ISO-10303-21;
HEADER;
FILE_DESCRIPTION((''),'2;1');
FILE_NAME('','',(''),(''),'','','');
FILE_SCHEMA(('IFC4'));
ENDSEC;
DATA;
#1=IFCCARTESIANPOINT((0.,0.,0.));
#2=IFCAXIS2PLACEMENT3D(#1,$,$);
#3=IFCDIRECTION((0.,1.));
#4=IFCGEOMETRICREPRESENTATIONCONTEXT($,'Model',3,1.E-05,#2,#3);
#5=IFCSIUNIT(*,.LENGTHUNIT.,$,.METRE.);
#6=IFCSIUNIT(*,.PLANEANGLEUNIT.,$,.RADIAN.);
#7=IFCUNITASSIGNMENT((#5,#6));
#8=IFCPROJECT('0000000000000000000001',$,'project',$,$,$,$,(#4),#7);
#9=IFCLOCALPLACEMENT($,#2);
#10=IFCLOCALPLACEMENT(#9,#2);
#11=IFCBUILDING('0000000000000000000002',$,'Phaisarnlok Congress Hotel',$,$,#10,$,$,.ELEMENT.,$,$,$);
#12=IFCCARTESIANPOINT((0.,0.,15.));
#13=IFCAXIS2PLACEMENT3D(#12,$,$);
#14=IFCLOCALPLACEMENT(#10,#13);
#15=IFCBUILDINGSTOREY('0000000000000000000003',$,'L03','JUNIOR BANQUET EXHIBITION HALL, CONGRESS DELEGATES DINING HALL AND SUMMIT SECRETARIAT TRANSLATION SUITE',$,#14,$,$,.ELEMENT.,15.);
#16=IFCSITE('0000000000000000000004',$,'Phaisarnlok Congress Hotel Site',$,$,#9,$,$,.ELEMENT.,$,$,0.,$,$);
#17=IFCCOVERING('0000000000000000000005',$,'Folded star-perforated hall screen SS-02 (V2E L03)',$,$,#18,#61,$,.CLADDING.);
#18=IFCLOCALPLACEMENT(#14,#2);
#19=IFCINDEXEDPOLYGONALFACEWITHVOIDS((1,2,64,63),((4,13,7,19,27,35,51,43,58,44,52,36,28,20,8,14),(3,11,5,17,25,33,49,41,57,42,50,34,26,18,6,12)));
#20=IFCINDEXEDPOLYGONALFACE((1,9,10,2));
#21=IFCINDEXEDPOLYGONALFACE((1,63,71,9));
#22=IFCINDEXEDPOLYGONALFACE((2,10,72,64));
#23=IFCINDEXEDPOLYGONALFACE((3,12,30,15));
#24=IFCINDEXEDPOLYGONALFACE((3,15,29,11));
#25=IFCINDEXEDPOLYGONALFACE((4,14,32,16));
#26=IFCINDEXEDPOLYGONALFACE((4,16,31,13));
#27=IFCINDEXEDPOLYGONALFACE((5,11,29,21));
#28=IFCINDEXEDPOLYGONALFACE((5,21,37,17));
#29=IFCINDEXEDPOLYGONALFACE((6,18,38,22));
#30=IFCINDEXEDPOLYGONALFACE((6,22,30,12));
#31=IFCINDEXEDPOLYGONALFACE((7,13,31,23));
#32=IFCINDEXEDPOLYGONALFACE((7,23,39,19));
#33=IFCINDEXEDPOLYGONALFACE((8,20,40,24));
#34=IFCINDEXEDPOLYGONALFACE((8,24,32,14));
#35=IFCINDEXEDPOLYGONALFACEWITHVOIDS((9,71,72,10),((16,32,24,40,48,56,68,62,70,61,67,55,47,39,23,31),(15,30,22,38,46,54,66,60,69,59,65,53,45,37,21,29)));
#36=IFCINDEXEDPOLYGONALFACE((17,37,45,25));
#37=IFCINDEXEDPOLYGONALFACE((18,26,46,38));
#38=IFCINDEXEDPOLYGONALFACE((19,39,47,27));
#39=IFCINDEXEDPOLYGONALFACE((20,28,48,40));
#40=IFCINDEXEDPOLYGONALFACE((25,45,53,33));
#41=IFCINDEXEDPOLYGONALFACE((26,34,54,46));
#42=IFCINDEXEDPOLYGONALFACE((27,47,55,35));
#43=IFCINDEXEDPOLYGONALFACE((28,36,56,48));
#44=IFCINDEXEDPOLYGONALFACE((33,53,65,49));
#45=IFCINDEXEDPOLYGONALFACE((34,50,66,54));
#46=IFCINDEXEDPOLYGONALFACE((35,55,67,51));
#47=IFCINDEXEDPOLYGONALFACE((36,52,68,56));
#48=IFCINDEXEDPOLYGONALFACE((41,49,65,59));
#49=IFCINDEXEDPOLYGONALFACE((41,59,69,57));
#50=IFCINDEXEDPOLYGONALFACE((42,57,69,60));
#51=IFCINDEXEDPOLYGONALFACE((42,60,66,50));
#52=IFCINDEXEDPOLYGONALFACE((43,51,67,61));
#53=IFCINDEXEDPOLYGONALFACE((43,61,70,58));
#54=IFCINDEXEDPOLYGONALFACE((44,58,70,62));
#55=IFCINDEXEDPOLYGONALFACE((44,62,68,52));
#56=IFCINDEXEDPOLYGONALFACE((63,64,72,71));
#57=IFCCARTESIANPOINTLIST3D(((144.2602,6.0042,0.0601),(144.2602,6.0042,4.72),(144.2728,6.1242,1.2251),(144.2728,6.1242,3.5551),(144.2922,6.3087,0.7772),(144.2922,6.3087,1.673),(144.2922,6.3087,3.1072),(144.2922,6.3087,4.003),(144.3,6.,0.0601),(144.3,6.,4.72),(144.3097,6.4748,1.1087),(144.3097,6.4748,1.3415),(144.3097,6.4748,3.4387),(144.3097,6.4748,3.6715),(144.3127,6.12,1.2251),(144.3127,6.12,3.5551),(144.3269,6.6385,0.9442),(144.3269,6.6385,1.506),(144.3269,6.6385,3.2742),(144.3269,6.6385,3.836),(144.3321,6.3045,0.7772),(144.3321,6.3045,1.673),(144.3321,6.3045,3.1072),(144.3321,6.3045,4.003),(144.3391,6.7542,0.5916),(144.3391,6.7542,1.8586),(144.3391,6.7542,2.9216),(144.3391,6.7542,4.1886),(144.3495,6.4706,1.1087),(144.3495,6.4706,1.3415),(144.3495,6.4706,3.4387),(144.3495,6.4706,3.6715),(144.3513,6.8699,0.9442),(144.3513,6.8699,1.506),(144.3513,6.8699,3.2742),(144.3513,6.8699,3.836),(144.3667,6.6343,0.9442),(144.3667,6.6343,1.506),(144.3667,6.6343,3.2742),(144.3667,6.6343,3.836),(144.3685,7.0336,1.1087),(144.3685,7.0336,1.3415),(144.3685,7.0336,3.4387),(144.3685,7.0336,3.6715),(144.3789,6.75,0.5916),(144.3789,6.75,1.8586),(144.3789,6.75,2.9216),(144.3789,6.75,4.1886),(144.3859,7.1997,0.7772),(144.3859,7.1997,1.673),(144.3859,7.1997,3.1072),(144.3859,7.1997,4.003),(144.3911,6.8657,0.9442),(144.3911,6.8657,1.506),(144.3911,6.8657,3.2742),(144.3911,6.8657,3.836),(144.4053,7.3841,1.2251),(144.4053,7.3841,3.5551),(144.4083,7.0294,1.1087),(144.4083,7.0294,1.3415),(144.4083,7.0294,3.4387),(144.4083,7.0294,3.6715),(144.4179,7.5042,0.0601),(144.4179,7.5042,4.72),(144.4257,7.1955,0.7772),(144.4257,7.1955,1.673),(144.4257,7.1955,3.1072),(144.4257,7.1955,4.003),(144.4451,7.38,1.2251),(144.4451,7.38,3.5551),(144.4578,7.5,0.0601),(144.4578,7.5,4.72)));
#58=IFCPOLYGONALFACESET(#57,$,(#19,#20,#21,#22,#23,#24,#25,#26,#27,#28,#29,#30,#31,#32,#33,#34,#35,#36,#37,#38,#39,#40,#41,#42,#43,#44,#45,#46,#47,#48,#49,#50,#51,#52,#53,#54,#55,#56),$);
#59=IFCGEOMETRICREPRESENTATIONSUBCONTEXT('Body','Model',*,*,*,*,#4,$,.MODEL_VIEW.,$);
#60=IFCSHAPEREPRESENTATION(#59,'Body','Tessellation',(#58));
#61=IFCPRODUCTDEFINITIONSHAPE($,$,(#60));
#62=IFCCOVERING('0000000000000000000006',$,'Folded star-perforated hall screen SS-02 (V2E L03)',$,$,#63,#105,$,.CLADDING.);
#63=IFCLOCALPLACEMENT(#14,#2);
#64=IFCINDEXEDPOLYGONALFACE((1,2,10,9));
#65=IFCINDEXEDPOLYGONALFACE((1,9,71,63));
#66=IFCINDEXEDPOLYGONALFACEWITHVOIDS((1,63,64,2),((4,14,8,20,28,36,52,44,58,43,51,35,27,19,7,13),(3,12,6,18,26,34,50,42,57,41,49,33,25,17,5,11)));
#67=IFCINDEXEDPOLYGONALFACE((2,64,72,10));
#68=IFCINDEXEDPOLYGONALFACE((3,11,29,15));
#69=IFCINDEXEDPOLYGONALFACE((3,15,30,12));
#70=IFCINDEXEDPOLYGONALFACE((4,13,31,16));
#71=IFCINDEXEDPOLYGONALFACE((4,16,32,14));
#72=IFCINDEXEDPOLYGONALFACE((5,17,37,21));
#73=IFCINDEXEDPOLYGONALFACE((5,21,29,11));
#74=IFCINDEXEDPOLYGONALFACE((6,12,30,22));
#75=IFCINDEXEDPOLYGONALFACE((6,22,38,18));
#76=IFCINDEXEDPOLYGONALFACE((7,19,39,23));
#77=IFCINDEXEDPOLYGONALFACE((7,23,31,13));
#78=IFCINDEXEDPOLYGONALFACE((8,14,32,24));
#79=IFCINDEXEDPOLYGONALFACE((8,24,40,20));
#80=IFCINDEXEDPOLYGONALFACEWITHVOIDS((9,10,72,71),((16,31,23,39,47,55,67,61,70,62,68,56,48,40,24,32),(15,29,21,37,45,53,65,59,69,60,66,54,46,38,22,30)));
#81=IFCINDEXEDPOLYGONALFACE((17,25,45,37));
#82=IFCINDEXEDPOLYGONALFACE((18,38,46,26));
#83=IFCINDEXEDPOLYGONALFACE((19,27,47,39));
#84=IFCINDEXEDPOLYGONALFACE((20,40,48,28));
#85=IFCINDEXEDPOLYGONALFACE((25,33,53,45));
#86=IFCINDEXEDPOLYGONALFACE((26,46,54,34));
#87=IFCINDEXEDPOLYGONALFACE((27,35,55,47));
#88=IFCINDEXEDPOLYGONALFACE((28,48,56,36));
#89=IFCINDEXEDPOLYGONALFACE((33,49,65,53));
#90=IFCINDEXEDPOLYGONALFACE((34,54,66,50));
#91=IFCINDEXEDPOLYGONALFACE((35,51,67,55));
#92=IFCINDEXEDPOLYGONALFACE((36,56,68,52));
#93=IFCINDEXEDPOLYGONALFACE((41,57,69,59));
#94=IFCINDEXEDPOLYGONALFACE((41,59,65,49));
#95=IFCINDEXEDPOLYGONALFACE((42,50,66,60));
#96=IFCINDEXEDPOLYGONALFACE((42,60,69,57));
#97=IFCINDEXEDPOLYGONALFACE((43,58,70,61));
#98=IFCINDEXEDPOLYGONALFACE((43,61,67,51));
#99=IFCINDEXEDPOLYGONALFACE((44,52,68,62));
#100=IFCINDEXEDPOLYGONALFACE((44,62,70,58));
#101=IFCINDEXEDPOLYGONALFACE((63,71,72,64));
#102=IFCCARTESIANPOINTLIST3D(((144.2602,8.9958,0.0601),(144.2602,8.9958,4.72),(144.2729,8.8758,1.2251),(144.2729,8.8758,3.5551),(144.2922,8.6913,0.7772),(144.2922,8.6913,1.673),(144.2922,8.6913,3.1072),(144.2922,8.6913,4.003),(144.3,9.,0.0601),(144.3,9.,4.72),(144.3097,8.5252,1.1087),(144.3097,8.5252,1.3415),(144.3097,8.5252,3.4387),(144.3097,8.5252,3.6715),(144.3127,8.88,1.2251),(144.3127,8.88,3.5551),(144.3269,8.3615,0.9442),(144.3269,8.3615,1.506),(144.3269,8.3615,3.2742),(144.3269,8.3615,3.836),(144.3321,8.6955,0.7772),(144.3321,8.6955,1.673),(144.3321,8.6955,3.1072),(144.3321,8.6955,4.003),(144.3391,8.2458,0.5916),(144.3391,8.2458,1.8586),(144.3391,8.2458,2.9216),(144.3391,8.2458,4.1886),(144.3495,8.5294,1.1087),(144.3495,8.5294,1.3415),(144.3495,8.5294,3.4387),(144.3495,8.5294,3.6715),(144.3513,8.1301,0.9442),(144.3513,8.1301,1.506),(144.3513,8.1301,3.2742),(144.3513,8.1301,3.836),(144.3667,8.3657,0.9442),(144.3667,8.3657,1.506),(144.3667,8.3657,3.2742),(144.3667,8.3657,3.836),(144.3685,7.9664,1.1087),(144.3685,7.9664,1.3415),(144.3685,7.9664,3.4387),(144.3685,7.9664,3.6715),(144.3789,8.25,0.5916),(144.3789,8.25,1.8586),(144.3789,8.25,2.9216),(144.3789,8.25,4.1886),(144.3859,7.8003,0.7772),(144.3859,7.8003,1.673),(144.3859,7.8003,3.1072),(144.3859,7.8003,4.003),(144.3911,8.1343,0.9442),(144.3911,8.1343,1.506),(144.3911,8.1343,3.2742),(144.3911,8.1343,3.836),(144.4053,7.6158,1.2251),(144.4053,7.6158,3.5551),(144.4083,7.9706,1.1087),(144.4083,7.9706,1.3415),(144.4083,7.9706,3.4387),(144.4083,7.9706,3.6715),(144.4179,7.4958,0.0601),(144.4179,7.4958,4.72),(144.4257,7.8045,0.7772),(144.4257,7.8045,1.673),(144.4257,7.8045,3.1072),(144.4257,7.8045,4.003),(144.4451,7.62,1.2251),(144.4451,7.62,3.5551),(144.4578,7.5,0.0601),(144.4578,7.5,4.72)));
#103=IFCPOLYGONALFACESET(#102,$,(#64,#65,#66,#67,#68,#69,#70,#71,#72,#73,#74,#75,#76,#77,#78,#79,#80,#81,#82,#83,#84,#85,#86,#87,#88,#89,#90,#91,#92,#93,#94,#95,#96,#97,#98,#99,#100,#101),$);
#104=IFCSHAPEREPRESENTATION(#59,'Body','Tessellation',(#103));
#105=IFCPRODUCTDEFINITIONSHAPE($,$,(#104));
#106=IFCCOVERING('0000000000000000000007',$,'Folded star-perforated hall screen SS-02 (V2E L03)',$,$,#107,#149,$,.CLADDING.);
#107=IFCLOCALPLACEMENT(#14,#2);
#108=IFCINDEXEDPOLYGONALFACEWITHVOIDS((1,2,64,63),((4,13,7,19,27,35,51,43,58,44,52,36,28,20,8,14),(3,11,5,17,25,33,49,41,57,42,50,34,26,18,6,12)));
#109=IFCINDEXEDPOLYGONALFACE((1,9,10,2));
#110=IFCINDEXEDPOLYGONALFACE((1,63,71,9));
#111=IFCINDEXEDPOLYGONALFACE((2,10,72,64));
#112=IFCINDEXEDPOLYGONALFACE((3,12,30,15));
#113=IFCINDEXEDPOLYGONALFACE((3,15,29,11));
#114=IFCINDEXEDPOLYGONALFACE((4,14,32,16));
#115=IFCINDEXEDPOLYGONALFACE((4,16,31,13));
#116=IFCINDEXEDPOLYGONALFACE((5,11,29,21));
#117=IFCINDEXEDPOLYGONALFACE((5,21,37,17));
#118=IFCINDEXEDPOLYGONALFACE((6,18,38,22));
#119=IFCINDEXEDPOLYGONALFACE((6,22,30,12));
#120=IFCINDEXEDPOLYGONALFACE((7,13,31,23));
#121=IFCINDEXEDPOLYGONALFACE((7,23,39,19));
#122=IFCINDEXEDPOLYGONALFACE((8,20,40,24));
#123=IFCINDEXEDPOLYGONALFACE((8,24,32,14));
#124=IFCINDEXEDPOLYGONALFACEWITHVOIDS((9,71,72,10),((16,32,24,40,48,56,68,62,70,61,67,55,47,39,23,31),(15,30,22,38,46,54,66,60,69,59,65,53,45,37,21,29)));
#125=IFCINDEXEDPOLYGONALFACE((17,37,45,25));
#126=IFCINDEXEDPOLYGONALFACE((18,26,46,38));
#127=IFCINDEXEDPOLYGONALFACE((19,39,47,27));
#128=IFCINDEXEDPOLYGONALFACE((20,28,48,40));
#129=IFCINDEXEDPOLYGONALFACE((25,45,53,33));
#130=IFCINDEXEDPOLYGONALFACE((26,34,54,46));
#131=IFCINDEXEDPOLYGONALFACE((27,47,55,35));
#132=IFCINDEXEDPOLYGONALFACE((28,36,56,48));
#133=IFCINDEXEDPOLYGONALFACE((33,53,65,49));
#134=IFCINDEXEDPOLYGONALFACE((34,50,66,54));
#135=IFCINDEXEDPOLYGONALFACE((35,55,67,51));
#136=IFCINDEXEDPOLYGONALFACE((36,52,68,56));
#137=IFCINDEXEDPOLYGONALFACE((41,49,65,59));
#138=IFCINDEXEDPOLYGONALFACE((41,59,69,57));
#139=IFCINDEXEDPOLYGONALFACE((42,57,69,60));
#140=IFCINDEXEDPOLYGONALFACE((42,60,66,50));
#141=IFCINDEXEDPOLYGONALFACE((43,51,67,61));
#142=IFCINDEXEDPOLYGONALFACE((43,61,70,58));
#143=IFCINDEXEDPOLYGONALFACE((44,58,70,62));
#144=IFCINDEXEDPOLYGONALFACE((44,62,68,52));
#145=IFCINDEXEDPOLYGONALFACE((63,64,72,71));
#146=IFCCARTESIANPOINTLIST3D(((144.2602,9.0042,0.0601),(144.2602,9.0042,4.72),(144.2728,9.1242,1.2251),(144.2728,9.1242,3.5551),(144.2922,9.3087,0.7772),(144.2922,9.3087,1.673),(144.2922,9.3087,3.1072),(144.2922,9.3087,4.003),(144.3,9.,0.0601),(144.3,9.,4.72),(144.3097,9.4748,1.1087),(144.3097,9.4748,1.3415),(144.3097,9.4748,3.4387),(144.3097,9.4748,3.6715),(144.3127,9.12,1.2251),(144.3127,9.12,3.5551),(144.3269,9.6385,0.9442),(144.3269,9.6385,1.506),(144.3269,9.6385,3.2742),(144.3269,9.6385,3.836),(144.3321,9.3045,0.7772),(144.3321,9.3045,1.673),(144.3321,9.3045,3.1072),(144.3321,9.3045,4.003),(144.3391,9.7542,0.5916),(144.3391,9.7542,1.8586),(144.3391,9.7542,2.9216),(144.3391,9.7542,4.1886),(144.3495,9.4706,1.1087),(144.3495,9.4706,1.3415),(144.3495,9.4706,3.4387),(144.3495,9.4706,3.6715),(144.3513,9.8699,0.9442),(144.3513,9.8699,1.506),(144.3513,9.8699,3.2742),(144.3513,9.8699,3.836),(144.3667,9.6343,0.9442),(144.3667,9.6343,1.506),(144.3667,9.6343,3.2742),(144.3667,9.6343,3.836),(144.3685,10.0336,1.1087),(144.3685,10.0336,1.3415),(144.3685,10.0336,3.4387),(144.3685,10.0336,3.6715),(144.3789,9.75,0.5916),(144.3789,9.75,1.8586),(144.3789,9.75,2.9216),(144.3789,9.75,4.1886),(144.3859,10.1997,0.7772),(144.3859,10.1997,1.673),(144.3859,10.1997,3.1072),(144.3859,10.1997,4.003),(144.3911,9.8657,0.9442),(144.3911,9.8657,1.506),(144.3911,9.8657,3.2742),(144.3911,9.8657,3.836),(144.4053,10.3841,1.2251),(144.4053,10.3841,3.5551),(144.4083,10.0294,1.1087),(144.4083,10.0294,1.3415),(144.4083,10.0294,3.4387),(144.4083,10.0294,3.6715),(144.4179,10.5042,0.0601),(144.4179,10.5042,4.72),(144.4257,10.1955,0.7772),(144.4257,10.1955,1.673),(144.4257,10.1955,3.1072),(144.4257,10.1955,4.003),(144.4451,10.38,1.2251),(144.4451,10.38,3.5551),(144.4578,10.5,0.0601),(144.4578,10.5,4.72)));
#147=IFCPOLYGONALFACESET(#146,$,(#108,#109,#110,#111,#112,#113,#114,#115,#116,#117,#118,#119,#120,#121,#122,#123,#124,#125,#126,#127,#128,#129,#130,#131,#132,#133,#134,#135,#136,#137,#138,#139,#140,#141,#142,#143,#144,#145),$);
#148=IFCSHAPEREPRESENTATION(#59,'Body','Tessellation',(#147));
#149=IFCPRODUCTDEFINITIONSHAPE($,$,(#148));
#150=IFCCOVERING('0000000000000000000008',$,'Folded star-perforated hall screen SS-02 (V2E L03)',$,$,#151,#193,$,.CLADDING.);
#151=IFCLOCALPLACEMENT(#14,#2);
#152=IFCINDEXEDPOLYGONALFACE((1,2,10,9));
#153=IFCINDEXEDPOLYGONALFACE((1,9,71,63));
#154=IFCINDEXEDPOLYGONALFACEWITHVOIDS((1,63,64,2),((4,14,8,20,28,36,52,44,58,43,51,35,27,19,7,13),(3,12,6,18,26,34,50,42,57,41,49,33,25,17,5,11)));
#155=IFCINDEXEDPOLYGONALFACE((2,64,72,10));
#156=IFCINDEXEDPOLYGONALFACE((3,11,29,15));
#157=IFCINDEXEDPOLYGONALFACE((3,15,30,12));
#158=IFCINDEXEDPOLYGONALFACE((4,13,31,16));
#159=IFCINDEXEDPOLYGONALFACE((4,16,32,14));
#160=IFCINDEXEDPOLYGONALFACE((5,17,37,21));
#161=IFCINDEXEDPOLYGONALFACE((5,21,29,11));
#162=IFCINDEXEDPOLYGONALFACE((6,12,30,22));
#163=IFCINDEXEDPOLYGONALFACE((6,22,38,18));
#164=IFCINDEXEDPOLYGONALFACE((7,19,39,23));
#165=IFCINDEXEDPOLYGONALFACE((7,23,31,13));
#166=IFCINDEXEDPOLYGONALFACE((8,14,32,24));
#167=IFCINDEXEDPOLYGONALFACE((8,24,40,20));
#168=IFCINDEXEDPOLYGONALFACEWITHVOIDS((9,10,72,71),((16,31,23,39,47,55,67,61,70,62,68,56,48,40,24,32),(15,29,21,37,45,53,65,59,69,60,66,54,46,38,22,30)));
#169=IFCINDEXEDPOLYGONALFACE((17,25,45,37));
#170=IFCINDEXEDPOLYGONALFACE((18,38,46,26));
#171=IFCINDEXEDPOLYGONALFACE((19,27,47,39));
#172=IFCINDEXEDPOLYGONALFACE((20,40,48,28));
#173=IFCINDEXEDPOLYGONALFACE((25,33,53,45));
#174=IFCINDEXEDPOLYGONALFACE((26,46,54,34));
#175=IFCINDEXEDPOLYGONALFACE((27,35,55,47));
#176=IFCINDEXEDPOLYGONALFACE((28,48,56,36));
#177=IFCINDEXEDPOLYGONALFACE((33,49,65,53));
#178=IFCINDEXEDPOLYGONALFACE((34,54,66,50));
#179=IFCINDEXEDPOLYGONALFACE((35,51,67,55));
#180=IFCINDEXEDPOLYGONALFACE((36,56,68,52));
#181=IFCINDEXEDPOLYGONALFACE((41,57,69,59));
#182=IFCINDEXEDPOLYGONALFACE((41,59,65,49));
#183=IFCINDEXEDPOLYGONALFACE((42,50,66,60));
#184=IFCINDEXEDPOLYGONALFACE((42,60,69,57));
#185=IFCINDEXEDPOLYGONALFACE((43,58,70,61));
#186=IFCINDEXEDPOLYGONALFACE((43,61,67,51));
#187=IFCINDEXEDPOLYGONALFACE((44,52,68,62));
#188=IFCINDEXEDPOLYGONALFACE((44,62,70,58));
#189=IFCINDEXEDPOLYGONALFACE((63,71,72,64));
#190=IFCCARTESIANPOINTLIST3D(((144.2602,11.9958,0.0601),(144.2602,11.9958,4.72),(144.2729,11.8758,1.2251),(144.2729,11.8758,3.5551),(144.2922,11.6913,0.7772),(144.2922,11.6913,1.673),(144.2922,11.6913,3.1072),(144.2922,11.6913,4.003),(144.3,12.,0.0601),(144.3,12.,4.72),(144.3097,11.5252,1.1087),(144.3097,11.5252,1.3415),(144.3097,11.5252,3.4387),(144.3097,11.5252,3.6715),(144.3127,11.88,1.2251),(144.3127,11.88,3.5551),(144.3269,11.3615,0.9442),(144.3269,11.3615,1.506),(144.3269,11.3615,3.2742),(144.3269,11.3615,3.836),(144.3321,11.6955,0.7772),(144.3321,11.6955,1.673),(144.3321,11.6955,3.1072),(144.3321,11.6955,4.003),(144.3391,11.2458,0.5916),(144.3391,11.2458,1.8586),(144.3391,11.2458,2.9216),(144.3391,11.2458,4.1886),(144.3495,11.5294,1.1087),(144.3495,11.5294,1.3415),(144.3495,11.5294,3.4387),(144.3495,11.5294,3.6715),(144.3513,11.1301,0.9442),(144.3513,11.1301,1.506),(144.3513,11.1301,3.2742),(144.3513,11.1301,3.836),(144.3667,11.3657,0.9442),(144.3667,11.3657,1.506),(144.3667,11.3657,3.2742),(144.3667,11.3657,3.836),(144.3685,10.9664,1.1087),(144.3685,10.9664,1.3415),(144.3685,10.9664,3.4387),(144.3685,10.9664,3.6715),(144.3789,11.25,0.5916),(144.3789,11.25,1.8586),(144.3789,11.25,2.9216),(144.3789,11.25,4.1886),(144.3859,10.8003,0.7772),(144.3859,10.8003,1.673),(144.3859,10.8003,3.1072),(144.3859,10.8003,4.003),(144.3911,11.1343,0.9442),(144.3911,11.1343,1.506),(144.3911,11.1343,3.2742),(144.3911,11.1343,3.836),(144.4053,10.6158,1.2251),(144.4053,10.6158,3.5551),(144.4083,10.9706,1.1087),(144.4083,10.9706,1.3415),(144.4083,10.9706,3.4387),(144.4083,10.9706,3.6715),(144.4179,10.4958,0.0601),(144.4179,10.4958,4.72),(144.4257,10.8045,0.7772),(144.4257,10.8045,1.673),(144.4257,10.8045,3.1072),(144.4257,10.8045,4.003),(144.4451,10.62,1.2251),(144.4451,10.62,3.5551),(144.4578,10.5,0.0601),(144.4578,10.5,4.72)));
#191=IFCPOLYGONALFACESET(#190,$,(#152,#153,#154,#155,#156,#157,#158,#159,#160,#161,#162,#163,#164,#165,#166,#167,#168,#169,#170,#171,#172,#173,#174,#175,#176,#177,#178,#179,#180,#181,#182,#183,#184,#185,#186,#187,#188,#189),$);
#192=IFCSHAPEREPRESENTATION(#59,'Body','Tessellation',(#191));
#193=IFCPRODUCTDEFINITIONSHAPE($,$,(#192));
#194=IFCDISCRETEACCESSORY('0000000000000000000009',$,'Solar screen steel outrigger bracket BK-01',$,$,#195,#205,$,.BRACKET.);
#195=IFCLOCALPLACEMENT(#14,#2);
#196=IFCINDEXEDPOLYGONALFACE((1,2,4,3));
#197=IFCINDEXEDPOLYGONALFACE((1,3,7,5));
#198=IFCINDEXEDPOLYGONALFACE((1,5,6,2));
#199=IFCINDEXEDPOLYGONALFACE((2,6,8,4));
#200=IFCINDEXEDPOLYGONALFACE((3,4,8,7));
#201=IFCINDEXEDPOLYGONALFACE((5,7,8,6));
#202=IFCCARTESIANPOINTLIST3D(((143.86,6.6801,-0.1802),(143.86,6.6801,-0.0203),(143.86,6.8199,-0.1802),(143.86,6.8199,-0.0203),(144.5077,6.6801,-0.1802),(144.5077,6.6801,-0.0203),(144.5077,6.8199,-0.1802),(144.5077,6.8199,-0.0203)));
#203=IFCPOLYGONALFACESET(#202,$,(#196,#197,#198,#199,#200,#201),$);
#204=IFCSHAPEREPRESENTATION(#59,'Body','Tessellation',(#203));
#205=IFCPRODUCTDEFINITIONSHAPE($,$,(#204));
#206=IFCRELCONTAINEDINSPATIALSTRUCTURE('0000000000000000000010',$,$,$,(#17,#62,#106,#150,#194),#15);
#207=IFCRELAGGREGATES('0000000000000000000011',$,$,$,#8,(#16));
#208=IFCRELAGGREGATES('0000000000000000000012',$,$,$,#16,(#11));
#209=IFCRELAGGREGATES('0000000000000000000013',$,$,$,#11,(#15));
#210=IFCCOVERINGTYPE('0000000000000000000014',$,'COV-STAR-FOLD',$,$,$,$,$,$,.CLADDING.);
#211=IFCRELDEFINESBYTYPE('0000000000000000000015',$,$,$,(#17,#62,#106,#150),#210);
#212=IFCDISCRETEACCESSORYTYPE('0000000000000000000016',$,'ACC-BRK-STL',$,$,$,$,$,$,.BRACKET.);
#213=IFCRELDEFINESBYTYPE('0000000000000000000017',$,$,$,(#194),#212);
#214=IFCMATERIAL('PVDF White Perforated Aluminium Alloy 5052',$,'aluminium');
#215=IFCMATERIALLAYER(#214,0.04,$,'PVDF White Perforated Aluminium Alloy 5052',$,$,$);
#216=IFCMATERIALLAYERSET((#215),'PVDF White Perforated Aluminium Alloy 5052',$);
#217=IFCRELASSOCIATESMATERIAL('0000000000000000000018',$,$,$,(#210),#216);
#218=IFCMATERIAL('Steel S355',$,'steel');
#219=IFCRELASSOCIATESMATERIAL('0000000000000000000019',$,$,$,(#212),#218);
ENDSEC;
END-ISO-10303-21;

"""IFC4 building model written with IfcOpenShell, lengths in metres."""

from ifc_helpers import new_model, si_unit, direction, frame, origin, origin_2d, place, context, subcontext, project, spatial, polyline, rectangle, outline, extrude, material, layer, layer_set, type_object, element, save


model = new_model("IFC4")

# Units and contexts
model_context = context("Model", 3, precision=1e-05, world=origin(), true_north=direction((0.0, 1.0)))
body_context = subcontext(model_context, "Body", "Model", "MODEL_VIEW")
ifc_project = project(units=[si_unit("LENGTHUNIT", "METRE"), si_unit("PLANEANGLEUNIT", "RADIAN")], contexts=[model_context])

# Site, building, storey
site_placement = place(None, origin())
site = spatial("IfcSite", under=ifc_project, at=site_placement, Name="Phaisarnlok Congress Hotel Site", CompositionType="ELEMENT", RefElevation=0.0)
building_placement = place(site_placement, origin())
building = spatial("IfcBuilding", under=site, at=building_placement, Name="Phaisarnlok Congress Hotel", CompositionType="ELEMENT")
storey_placement = place(building_placement, frame((0.0, 0.0, 15.0)))
storey = spatial("IfcBuildingStorey", under=building, at=storey_placement, Name="L03", Description="JUNIOR BANQUET EXHIBITION HALL, CONGRESS DELEGATES DINING HALL AND SUMMIT SECRETARIAT TRANSLATION SUITE", CompositionType="ELEMENT", Elevation=15.0)

# Shared definitions
ifc_material_1 = material(Name="Steel S355", Category="steel")

# Coverings
ifc_material_2 = material(Name="PVDF White Perforated Aluminium Alloy 5052", Category="aluminium")
ifc_layer_1 = layer(ifc_material_2, 0.04, Name="PVDF White Perforated Aluminium Alloy 5052")
ifc_layer_set_1 = layer_set([ifc_layer_1], Name="PVDF White Perforated Aluminium Alloy 5052")
covering_type = type_object("IfcCoveringType", Name="COV-STAR-FOLD", PredefinedType="CLADDING", material=ifc_layer_set_1)
for number, where, z_axis, x_axis, name in (
    (1, (144.4578, 7.5, 0.0601), (-0.994518, 0.104567, 0.0), (-0.104567, -0.994518, 0.0), "Folded star-perforated hall screen SS-02 (V2E L03)"),
    (2, (144.3, 9.0, 0.0601), (-0.994518, -0.104567, 0.0), (0.104567, -0.994518, 0.0), "Folded star-perforated hall screen SS-02 (V2E L03)"),
    (3, (144.4578, 10.5, 0.0601), (-0.994518, 0.104567, 0.0), (-0.104567, -0.994518, 0.0), "Folded star-perforated hall screen SS-02 (V2E L03)"),
    (4, (144.3, 12.0, 0.0601), (-0.994518, -0.104567, 0.0), (0.104567, -0.994518, 0.0), "Folded star-perforated hall screen SS-02 (V2E L03)"),
):
    element("IfcCovering", number, at=place(storey_placement, frame(where, z_axis=z_axis, x_axis=x_axis)), inside=storey, type_object=covering_type, Name=name, PredefinedType="CLADDING", context=body_context, shape_type="SweptSolid", body=[
        extrude(outline(polyline([(0.0, 0.0), (1.5083, 0.0), (1.5083, 4.6599), (0.0, 4.6599), (0.0, 0.0)]), holes=[polyline([(1.0351, 1.0486), (1.2021, 0.7171), (0.8705, 0.8841), (0.7541, 0.5315), (0.6378, 0.8841), (0.3062, 0.7171), (0.4732, 1.0486), (0.1207, 1.165), (0.4732, 1.2814), (0.3062, 1.6129), (0.6378, 1.4459), (0.7541, 1.7985), (0.8705, 1.4459), (1.2021, 1.6129), (1.0351, 1.2814), (1.3876, 1.165), (1.0351, 1.0486)]), polyline([(1.0351, 3.3786), (1.2021, 3.0471), (0.8705, 3.2141), (0.7541, 2.8615), (0.6378, 3.2141), (0.3062, 3.0471), (0.4732, 3.3786), (0.1207, 3.495), (0.4732, 3.6114), (0.3062, 3.9429), (0.6378, 3.7759), (0.7541, 4.1285), (0.8705, 3.7759), (1.2021, 3.9429), (1.0351, 3.6114), (1.3876, 3.495), (1.0351, 3.3786)])]), origin(), (0.0, 0.0, 1.0), 0.04),
    ])

# Discrete accessory
discrete_accessory_type = type_object("IfcDiscreteAccessoryType", Name="ACC-BRK-STL", PredefinedType="BRACKET", material=ifc_material_1)
for number, where, z_axis, x_axis, name in (
    (5, (144.1838, 6.75, -0.1802), (0.0, 0.0, 1.0), (1.0, 0.0, 0.0), "Solar screen steel outrigger bracket BK-01"),
):
    element("IfcDiscreteAccessory", number, at=place(storey_placement, frame(where, z_axis=z_axis, x_axis=x_axis)), inside=storey, type_object=discrete_accessory_type, Name=name, PredefinedType="BRACKET", context=body_context, shape_type="SweptSolid", body=[
        extrude(rectangle(XDim=0.6477, YDim=0.1399, at=origin_2d()), origin(), (0.0, 0.0, 1.0), 0.1599),
    ])

save(model, "model.ifc")
